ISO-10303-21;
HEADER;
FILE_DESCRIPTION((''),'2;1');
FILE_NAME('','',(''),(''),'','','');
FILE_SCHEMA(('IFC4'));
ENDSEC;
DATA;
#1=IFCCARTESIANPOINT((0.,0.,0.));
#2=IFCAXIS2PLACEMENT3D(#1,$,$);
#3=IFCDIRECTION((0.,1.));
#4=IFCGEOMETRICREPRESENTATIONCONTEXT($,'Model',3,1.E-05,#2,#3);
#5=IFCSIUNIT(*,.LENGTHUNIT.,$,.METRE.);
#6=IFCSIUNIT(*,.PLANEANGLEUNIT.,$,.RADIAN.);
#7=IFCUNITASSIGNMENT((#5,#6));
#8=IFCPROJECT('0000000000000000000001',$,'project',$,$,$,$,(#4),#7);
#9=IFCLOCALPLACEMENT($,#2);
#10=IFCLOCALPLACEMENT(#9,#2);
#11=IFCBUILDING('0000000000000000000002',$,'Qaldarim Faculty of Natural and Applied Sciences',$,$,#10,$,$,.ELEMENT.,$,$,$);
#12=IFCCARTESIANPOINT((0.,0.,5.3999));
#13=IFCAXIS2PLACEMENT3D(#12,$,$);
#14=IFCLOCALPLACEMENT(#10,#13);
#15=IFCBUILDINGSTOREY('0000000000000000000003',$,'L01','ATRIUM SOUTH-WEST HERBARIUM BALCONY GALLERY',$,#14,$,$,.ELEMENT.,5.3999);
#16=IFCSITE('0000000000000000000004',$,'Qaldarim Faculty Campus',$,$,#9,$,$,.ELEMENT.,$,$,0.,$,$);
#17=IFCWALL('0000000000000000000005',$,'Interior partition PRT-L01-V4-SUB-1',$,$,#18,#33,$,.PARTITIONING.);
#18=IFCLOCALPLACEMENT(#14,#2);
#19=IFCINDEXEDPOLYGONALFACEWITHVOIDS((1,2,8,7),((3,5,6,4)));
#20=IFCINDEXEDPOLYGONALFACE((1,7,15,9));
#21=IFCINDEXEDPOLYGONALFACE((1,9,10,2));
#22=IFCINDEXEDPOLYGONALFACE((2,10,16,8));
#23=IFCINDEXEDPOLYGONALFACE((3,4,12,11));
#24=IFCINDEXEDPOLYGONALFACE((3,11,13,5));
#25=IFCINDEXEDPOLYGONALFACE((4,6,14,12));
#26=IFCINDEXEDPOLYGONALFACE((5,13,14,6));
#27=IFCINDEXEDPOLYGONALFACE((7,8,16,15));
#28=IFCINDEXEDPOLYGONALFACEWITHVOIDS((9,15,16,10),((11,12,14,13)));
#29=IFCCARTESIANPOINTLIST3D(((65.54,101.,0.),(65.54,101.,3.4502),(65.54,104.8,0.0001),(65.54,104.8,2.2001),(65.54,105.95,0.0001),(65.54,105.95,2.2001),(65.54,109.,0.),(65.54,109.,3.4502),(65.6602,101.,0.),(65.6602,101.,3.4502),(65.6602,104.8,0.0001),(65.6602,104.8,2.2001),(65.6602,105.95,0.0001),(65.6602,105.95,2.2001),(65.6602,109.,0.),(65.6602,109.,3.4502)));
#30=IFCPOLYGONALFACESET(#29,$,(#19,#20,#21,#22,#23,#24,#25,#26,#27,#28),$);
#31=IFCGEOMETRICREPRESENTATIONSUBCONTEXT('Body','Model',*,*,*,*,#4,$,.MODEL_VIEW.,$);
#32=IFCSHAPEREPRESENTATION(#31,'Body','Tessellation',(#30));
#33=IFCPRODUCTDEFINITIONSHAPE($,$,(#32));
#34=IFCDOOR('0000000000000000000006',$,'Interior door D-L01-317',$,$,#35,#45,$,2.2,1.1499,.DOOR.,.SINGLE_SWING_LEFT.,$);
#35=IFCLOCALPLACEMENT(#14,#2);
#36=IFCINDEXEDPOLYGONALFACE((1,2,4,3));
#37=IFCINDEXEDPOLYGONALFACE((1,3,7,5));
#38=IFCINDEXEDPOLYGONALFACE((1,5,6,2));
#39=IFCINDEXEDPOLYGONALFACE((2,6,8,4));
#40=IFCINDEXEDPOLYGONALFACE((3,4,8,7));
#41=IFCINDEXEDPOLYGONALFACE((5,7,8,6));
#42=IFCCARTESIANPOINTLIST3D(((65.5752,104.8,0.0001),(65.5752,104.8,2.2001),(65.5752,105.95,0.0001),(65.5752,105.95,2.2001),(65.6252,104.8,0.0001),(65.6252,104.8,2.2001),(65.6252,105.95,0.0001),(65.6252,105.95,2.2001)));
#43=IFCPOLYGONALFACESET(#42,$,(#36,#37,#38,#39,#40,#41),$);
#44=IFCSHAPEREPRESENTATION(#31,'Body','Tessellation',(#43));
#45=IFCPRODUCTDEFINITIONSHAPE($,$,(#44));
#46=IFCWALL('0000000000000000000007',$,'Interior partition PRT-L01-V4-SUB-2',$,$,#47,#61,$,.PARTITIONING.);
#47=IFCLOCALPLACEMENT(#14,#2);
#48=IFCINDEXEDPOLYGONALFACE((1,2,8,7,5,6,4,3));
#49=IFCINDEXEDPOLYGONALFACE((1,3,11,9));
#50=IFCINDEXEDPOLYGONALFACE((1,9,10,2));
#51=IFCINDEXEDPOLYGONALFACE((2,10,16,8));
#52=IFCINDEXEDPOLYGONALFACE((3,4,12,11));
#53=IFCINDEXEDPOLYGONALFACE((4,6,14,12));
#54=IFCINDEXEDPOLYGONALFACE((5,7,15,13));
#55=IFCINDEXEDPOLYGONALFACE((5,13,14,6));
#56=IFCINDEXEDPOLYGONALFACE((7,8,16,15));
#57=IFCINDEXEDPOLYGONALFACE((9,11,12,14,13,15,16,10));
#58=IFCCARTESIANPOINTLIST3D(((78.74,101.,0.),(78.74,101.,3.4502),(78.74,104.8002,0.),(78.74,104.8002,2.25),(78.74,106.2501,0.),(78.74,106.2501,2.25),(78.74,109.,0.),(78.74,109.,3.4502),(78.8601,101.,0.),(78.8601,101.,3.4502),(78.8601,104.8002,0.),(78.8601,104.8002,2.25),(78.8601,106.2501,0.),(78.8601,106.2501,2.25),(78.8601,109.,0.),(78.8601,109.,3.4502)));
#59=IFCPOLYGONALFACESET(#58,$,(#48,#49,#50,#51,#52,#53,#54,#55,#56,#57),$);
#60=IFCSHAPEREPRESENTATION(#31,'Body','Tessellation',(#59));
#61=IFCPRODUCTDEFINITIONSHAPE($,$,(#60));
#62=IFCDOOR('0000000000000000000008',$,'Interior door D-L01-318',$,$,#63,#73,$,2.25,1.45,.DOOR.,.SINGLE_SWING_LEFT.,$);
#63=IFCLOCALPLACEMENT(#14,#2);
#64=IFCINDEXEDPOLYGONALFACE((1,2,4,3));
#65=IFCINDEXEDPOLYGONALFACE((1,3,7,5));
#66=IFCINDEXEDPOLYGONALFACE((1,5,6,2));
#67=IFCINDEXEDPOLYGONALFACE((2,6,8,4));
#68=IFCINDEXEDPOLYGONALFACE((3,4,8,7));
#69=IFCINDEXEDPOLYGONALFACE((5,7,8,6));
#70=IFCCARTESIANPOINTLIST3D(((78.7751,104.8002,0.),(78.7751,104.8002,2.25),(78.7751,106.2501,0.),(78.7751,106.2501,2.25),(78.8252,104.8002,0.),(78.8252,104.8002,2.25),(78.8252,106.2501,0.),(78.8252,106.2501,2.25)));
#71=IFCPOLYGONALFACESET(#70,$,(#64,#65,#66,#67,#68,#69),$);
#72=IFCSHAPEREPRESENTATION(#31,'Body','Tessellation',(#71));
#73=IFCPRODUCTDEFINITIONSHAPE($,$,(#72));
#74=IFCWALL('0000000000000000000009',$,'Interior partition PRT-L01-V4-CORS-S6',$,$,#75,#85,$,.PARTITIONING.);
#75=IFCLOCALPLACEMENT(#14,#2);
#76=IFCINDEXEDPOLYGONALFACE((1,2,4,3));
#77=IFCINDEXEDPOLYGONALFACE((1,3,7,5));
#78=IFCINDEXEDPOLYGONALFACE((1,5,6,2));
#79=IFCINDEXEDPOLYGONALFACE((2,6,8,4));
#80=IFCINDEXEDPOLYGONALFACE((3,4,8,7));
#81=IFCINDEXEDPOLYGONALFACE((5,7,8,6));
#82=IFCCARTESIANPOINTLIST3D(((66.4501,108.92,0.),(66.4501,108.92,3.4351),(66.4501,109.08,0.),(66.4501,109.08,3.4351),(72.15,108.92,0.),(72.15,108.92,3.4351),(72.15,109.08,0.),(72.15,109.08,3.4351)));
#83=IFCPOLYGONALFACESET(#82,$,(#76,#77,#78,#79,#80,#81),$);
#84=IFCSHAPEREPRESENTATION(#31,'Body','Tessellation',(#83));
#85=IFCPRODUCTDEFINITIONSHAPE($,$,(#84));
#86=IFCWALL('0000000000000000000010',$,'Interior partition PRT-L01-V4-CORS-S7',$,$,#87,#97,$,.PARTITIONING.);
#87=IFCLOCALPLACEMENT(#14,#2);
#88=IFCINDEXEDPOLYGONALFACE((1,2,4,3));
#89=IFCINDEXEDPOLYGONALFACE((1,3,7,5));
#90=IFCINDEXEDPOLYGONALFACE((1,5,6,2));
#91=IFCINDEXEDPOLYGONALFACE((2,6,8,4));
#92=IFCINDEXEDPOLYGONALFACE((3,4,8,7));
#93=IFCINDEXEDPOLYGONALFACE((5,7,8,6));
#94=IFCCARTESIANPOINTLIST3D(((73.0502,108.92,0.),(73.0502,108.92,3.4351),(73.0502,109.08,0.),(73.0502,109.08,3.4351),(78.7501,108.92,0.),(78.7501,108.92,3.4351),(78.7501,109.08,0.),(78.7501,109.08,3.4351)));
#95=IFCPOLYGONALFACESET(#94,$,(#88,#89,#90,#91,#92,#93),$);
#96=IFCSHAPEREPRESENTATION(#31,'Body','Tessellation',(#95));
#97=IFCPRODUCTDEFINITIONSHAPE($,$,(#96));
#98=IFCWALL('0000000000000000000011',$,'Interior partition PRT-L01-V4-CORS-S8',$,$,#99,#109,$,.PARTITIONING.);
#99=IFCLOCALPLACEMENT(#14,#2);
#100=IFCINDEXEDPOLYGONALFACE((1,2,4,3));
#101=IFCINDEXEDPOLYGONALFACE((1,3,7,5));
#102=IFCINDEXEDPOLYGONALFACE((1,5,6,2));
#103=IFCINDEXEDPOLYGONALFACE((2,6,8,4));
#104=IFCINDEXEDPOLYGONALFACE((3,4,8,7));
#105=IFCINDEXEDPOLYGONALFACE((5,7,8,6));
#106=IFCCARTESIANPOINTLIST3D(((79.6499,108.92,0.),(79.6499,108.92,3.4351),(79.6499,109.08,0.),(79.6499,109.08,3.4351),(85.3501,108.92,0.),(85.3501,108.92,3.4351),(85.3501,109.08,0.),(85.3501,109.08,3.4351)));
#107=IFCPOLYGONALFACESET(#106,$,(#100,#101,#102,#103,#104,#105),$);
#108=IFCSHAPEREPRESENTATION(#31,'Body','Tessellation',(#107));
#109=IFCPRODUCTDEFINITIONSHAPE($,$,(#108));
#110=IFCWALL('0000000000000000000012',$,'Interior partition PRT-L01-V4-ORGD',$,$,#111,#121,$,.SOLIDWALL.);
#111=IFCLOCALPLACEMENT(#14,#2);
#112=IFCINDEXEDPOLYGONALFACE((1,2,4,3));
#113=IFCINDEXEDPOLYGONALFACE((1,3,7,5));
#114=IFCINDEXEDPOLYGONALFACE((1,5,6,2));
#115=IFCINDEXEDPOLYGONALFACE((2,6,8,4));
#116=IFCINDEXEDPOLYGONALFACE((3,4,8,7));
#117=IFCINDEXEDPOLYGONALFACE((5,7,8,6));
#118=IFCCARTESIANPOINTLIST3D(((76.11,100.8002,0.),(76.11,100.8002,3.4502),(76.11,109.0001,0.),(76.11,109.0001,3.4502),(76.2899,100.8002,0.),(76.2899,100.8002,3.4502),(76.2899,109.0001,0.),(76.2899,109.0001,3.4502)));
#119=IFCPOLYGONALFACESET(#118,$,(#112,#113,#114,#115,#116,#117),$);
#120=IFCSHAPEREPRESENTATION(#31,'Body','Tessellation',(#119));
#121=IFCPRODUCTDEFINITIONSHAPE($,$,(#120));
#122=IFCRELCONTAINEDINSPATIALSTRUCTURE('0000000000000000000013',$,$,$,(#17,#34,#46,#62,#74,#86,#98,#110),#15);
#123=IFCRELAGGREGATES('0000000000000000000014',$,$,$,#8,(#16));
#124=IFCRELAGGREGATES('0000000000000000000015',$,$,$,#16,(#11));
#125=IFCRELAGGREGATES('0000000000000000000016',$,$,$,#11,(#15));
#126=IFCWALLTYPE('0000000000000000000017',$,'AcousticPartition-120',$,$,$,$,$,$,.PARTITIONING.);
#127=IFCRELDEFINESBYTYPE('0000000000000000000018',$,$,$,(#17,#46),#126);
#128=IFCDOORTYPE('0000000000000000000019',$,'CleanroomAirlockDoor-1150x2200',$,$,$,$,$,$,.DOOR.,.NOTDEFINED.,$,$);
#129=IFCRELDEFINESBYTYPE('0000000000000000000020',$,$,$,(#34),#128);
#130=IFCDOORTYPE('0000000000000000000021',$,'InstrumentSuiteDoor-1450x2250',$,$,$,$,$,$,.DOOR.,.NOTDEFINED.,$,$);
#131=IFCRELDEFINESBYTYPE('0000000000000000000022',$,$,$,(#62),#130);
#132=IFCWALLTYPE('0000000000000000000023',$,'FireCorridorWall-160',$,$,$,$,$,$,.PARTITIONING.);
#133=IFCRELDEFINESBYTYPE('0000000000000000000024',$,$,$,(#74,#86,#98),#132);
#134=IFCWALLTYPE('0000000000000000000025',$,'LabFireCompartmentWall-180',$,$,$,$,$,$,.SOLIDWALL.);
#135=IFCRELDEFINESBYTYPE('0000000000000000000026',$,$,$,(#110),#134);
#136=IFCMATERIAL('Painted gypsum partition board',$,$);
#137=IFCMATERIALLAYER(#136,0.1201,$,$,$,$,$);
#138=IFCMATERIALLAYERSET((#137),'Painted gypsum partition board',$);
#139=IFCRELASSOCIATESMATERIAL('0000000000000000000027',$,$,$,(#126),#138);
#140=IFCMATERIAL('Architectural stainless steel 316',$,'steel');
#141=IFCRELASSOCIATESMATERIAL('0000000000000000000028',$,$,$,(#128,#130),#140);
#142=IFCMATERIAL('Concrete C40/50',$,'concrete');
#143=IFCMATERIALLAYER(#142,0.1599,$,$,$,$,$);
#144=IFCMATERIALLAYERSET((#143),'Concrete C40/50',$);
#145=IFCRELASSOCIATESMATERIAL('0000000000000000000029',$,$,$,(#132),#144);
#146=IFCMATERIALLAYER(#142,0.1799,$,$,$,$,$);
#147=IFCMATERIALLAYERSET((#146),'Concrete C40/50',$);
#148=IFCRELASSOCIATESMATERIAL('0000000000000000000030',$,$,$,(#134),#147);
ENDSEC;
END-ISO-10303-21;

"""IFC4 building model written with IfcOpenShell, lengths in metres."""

from ifc_helpers import new_model, si_unit, direction, frame, frame_2d, origin, place, context, subcontext, project, spatial, rectangle, extrude, material, layer, layer_set, type_object, element, fill, save


model = new_model("IFC4")

# Units and contexts
model_context = context("Model", 3, precision=1e-05, world=origin(), true_north=direction((0.0, 1.0)))
body_context = subcontext(model_context, "Body", "Model", "MODEL_VIEW")
ifc_project = project(units=[si_unit("LENGTHUNIT", "METRE"), si_unit("PLANEANGLEUNIT", "RADIAN")], contexts=[model_context])

# Site, building, storey
site_placement = place(None, origin())
site = spatial("IfcSite", under=ifc_project, at=site_placement, Name="Qaldarim Faculty Campus", CompositionType="ELEMENT", RefElevation=0.0)
building_placement = place(site_placement, origin())
building = spatial("IfcBuilding", under=site, at=building_placement, Name="Qaldarim Faculty of Natural and Applied Sciences", CompositionType="ELEMENT")
storey_placement = place(building_placement, frame((0.0, 0.0, 5.3999)))
storey = spatial("IfcBuildingStorey", under=building, at=storey_placement, Name="L01", Description="ATRIUM SOUTH-WEST HERBARIUM BALCONY GALLERY", CompositionType="ELEMENT", Elevation=5.3999)

# Shared definitions
ifc_material_1 = material(Name="Concrete C40/50", Category="concrete")

# Walls, openings, doors
ifc_material_2 = material(Name="Painted gypsum partition board")
ifc_layer_1 = layer(ifc_material_2, 0.1201)
ifc_layer_set_1 = layer_set([ifc_layer_1], Name="Painted gypsum partition board")
wall_type_1 = type_object("IfcWallType", Name="AcousticPartition-120", PredefinedType="PARTITIONING", material=ifc_layer_set_1)
wall_1_placement = place(storey_placement, frame((65.6001, 101.0, 0.0), z_axis=(0.0, 0.0, 1.0), x_axis=(0.0, 1.0, 0.0)))
wall_1 = element("IfcWall", 1, at=wall_1_placement, inside=storey, type_object=wall_type_1, Name="Interior partition PRT-L01-V4-SUB-1", PredefinedType="PARTITIONING", context=body_context, shape_type="SweptSolid", body=[
    extrude(rectangle(XDim=8.0, YDim=0.1201, at=frame_2d((4.0, 0.0))), origin(), (0.0, 0.0, 1.0), 3.4502),
])
opening_1_placement = place(wall_1_placement, frame((3.8, 0.0, 0.0)))
opening_1 = element("IfcOpeningElement", 2, at=opening_1_placement, cuts=wall_1, PredefinedType="OPENING", context=body_context, shape_type="SweptSolid", body=[
    extrude(rectangle(XDim=1.1499, YDim=2.2, at=frame_2d((0.575, 1.1001))), frame((0.0, 0.0701, 0.0), z_axis=(0.0, -1.0, 0.0), x_axis=(1.0, 0.0, 0.0)), (0.0, 0.0, 1.0), 0.1401),
])
ifc_material_3 = material(Name="Architectural stainless steel 316", Category="steel")
door_type_1 = type_object("IfcDoorType", Name="CleanroomAirlockDoor-1150x2200", OperationType="NOTDEFINED", PredefinedType="DOOR", material=ifc_material_3)
door_1_placement = place(opening_1_placement, origin())
door_1 = element("IfcDoor", 3, at=door_1_placement, inside=storey, type_object=door_type_1, Name="Interior door D-L01-317", OperationType="SINGLE_SWING_LEFT", OverallHeight=2.2, OverallWidth=1.1499, PredefinedType="DOOR", context=body_context, shape_type="SweptSolid", body=[
    extrude(rectangle(XDim=1.1499, YDim=2.2, at=frame_2d((0.575, 1.1001))), frame((0.0, 0.0249, 0.0), z_axis=(0.0, -1.0, 0.0), x_axis=(1.0, 0.0, 0.0)), (0.0, 0.0, 1.0), 0.05),
])
fill(opening_1, door_1)
wall_2_placement = place(storey_placement, frame((78.8, 101.0, 0.0), z_axis=(0.0, 0.0, 1.0), x_axis=(0.0, 1.0, 0.0)))
wall_2 = element("IfcWall", 4, at=wall_2_placement, inside=storey, type_object=wall_type_1, Name="Interior partition PRT-L01-V4-SUB-2", PredefinedType="PARTITIONING", context=body_context, shape_type="SweptSolid", body=[
    extrude(rectangle(XDim=8.0, YDim=0.1201, at=frame_2d((4.0, 0.0))), origin(), (0.0, 0.0, 1.0), 3.4502),
])
opening_2_placement = place(wall_2_placement, frame((3.8, 0.0, 0.0)))
opening_2 = element("IfcOpeningElement", 5, at=opening_2_placement, cuts=wall_2, PredefinedType="OPENING", context=body_context, shape_type="SweptSolid", body=[
    extrude(rectangle(XDim=1.45, YDim=2.25, at=frame_2d((0.7251, 1.125))), frame((0.0, 0.0701, 0.0), z_axis=(0.0, -1.0, 0.0), x_axis=(1.0, 0.0, 0.0)), (0.0, 0.0, 1.0), 0.1401),
])
door_type_2 = type_object("IfcDoorType", Name="InstrumentSuiteDoor-1450x2250", OperationType="NOTDEFINED", PredefinedType="DOOR", material=ifc_material_3)
door_2_placement = place(opening_2_placement, origin())
door_2 = element("IfcDoor", 6, at=door_2_placement, inside=storey, type_object=door_type_2, Name="Interior door D-L01-318", OperationType="SINGLE_SWING_LEFT", OverallHeight=2.25, OverallWidth=1.45, PredefinedType="DOOR", context=body_context, shape_type="SweptSolid", body=[
    extrude(rectangle(XDim=1.45, YDim=2.25, at=frame_2d((0.7251, 1.125))), frame((0.0, 0.0249, 0.0), z_axis=(0.0, -1.0, 0.0), x_axis=(1.0, 0.0, 0.0)), (0.0, 0.0, 1.0), 0.05),
])
fill(opening_2, door_2)

# Walls
ifc_layer_2 = layer(ifc_material_1, 0.1599)
ifc_layer_set_2 = layer_set([ifc_layer_2], Name="Concrete C40/50")
wall_type_2 = type_object("IfcWallType", Name="FireCorridorWall-160", PredefinedType="PARTITIONING", material=ifc_layer_set_2)
for number, where, z_axis, x_axis, name in (
    (7, (66.45, 109.0, 0.0), (0.0, 0.0, 1.0), (1.0, 0.0, 0.0), "Interior partition PRT-L01-V4-CORS-S6"),
    (8, (73.05, 109.0, 0.0), (0.0, 0.0, 1.0), (1.0, 0.0, 0.0), "Interior partition PRT-L01-V4-CORS-S7"),
):
    element("IfcWall", number, at=place(storey_placement, frame(where, z_axis=z_axis, x_axis=x_axis)), inside=storey, type_object=wall_type_2, Name=name, PredefinedType="PARTITIONING", context=body_context, shape_type="SweptSolid", body=[
        extrude(rectangle(XDim=5.7, YDim=0.1599, at=frame_2d((2.8501, 0.0))), origin(), (0.0, 0.0, 1.0), 3.4351),
    ])
wall_3_placement = place(storey_placement, frame((79.6499, 109.0, 0.0), z_axis=(0.0, 0.0, 1.0), x_axis=(1.0, 0.0, 0.0)))
element("IfcWall", 9, at=wall_3_placement, inside=storey, type_object=wall_type_2, Name="Interior partition PRT-L01-V4-CORS-S8", PredefinedType="PARTITIONING", context=body_context, shape_type="SweptSolid", body=[
    extrude(rectangle(XDim=5.7002, YDim=0.1599, at=frame_2d((2.8501, 0.0))), origin(), (0.0, 0.0, 1.0), 3.4351),
])
ifc_layer_3 = layer(ifc_material_1, 0.1799)
ifc_layer_set_3 = layer_set([ifc_layer_3], Name="Concrete C40/50")
wall_type_3 = type_object("IfcWallType", Name="LabFireCompartmentWall-180", PredefinedType="SOLIDWALL", material=ifc_layer_set_3)
wall_4_placement = place(storey_placement, frame((76.2, 100.8, 0.0), z_axis=(0.0, 0.0, 1.0), x_axis=(0.0, 1.0, 0.0)))
element("IfcWall", 10, at=wall_4_placement, inside=storey, type_object=wall_type_3, Name="Interior partition PRT-L01-V4-ORGD", PredefinedType="SOLIDWALL", context=body_context, shape_type="SweptSolid", body=[
    extrude(rectangle(XDim=8.2, YDim=0.1799, at=frame_2d((4.1001, 0.0))), origin(), (0.0, 0.0, 1.0), 3.4502),
])

save(model, "model.ifc")
